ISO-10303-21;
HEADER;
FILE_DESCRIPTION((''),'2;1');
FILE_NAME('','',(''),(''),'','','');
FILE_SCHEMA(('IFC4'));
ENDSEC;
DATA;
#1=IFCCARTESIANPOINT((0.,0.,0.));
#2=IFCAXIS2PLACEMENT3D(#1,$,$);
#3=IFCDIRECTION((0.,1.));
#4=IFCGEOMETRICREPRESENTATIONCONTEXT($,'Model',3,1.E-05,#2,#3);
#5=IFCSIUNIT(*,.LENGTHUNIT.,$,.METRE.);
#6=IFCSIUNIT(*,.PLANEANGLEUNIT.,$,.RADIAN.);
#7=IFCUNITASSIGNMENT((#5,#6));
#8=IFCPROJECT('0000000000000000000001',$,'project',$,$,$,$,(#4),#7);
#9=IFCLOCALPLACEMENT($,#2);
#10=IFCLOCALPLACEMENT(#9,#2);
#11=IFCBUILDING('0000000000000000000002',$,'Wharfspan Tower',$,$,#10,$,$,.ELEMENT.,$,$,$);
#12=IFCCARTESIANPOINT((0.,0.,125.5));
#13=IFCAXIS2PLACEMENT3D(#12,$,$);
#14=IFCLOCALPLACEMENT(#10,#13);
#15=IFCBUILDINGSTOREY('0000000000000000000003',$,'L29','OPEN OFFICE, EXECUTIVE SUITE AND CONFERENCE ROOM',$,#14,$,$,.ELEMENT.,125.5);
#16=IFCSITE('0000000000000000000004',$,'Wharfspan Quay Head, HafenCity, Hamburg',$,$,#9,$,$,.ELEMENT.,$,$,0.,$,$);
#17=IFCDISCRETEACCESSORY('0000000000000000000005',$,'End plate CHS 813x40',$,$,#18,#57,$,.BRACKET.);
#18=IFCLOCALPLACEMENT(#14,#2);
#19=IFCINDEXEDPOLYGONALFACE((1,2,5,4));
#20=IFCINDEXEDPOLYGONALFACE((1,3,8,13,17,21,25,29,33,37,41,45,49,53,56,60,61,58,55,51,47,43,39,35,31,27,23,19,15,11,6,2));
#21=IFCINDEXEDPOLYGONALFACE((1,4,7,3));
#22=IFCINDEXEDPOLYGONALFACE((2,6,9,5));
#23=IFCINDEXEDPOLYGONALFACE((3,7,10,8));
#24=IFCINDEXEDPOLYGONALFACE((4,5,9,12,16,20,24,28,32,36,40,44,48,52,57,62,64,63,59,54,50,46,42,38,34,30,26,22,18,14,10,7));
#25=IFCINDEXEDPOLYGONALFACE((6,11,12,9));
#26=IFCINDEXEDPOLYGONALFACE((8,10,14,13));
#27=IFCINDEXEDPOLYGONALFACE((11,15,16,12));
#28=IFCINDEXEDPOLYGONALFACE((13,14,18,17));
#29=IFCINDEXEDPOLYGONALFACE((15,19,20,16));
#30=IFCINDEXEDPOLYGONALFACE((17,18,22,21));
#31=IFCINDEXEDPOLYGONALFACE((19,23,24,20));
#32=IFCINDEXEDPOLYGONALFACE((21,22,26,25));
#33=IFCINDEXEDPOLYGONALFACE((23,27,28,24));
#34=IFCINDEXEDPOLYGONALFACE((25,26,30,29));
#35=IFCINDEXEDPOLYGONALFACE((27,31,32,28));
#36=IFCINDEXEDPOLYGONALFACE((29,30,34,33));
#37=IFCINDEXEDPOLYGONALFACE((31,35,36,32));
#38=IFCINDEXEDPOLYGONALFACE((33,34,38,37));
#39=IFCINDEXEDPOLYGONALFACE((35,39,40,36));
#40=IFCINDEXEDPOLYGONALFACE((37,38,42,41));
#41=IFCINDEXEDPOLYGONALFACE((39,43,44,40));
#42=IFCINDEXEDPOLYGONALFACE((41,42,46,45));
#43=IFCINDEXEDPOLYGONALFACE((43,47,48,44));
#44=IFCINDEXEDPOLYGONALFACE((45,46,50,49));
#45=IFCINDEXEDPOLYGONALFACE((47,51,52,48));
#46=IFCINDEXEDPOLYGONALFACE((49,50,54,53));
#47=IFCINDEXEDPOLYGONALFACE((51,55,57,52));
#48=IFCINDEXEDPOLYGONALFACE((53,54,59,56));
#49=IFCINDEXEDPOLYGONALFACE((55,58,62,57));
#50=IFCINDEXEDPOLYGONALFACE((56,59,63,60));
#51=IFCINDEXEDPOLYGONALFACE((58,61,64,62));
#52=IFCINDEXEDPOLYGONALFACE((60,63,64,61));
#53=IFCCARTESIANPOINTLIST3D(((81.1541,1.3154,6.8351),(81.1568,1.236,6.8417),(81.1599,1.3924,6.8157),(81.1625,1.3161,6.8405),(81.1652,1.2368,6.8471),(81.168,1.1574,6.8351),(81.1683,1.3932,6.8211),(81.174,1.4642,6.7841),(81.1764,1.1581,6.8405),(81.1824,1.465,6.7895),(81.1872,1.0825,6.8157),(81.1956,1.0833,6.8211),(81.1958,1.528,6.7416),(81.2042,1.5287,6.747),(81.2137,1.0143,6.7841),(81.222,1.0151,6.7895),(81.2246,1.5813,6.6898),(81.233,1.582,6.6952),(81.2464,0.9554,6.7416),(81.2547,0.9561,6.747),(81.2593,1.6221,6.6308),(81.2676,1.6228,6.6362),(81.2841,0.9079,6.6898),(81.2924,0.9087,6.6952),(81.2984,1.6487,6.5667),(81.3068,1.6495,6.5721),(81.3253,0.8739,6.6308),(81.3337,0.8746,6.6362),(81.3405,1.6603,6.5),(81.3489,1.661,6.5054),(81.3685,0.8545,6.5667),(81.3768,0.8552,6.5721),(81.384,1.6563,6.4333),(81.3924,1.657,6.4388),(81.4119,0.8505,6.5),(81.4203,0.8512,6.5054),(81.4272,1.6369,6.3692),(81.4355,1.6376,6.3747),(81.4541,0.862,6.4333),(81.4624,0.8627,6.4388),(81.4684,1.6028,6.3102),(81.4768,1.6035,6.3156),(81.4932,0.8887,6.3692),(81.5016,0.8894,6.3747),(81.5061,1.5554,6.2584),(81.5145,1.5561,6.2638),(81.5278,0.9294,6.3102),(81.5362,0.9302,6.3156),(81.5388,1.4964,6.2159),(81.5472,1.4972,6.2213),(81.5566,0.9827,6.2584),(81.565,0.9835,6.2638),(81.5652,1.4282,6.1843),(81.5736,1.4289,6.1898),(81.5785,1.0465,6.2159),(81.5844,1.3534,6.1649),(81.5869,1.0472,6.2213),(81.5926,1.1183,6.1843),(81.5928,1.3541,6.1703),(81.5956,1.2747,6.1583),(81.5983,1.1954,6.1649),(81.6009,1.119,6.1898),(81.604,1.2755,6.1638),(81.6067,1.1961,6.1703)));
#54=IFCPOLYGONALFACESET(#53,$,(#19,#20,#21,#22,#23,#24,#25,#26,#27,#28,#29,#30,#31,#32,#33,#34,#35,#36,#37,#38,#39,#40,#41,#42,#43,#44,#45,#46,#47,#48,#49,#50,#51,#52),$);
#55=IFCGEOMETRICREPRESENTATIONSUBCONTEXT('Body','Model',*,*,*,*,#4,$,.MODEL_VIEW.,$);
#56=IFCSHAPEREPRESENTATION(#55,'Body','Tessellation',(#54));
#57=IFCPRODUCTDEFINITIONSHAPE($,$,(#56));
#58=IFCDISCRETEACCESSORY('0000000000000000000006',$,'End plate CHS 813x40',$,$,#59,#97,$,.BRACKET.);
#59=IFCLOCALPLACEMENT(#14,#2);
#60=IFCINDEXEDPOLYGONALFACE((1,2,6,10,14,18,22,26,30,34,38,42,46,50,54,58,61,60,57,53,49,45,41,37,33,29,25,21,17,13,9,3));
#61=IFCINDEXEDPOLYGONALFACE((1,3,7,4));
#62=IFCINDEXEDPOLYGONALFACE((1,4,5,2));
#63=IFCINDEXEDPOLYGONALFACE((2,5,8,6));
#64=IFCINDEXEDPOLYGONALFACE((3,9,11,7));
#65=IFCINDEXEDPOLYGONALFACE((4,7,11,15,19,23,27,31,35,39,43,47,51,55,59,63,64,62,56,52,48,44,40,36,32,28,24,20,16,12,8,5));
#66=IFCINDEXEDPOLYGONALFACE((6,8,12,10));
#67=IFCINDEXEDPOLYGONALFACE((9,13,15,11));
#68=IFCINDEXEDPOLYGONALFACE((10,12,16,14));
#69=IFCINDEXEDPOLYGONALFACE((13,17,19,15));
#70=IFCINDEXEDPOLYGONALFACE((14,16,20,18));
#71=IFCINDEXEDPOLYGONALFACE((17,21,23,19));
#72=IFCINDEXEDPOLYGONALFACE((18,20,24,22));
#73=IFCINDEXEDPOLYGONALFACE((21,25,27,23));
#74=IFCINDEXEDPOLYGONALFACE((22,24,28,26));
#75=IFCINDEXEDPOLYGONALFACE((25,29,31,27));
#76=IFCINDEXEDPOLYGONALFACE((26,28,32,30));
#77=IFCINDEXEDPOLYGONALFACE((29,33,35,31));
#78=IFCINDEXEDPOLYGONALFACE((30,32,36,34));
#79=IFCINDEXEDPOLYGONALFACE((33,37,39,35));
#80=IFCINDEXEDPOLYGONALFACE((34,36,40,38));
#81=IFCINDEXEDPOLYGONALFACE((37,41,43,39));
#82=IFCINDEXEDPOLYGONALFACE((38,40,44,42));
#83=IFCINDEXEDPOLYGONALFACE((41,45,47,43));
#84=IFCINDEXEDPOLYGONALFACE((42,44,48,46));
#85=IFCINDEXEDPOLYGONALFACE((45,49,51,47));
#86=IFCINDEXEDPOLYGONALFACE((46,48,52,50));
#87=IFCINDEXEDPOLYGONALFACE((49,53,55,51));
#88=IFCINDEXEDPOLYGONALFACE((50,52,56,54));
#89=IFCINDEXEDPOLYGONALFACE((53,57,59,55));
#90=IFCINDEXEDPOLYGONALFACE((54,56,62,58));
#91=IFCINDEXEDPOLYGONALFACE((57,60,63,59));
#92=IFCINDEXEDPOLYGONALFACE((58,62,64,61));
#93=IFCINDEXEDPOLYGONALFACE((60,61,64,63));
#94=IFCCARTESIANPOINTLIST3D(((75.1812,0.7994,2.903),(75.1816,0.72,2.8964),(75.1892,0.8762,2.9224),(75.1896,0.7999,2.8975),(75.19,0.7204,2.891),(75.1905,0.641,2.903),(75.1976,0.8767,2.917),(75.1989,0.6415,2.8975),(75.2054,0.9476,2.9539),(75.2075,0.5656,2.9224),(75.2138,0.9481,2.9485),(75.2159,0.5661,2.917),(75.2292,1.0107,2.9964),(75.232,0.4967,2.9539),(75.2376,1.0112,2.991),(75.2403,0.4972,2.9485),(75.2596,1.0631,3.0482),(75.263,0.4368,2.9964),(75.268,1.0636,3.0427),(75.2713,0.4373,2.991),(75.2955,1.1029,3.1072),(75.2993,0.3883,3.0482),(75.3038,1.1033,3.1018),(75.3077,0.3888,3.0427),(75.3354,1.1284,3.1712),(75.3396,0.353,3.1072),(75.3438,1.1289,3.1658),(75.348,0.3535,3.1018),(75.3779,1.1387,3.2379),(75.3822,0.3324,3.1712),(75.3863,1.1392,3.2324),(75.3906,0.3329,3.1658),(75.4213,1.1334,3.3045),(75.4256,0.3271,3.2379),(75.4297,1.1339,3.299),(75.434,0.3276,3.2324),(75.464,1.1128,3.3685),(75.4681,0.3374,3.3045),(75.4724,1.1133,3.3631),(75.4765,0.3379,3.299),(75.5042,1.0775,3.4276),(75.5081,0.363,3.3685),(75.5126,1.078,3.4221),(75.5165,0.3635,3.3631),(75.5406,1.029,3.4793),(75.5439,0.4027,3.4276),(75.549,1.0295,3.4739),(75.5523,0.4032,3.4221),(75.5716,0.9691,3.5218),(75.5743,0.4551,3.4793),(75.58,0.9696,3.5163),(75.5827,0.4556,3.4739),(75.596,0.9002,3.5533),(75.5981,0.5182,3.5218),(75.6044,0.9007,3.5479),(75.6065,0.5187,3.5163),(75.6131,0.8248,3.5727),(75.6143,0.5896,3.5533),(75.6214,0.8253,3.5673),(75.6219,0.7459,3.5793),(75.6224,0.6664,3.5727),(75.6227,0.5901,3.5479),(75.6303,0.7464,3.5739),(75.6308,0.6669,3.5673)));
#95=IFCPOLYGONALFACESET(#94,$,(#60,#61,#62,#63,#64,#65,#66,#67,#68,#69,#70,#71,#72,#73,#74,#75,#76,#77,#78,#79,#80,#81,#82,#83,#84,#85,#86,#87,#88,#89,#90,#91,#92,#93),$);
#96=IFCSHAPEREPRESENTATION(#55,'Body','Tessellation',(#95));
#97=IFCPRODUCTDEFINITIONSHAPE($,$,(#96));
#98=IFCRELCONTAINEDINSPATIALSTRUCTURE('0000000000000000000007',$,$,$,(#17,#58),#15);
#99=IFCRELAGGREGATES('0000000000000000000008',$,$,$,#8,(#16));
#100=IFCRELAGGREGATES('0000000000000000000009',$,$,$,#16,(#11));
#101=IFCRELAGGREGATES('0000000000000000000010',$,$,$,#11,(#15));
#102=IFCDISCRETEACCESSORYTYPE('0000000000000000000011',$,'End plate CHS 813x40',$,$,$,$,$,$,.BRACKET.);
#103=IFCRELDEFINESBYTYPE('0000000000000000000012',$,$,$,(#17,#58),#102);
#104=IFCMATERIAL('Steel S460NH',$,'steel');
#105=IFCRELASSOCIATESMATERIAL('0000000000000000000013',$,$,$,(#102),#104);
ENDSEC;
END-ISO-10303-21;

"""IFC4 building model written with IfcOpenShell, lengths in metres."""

from ifc_helpers import new_model, si_unit, direction, frame, origin, origin_2d, place, context, subcontext, project, spatial, circle, extrude, material, material_profile, profile_set, type_object, element, save


model = new_model("IFC4")

# Units and contexts
model_context = context("Model", 3, precision=1e-05, world=origin(), true_north=direction((0.0, 1.0)))
body_context = subcontext(model_context, "Body", "Model", "MODEL_VIEW")
ifc_project = project(units=[si_unit("LENGTHUNIT", "METRE"), si_unit("PLANEANGLEUNIT", "RADIAN")], contexts=[model_context])

# Site, building, storey
site_placement = place(None, origin())
site = spatial("IfcSite", under=ifc_project, at=site_placement, Name="Wharfspan Quay Head, HafenCity, Hamburg", CompositionType="ELEMENT", RefElevation=0.0)
building_placement = place(site_placement, origin())
building = spatial("IfcBuilding", under=site, at=building_placement, Name="Wharfspan Tower", CompositionType="ELEMENT")
storey_placement = place(building_placement, frame((0.0, 0.0, 125.5)))
storey = spatial("IfcBuildingStorey", under=building, at=storey_placement, Name="L29", Description="OPEN OFFICE, EXECUTIVE SUITE AND CONFERENCE ROOM", CompositionType="ELEMENT", Elevation=125.5)

# Shared definitions
ifc_material_1 = material(Name="Steel S460NH", Category="steel")

# Discrete accessories
ifc_material_profile_1 = material_profile(ifc_material_1, circle(Radius=0.4065, at=origin_2d()))
ifc_profile_set_1 = profile_set([ifc_material_profile_1], Name="Steel S460NH")
discrete_accessory_type = type_object("IfcDiscreteAccessoryType", Name="End plate CHS 813x40", PredefinedType="BRACKET", material=ifc_profile_set_1)
for number, where, z_axis, x_axis, name in (
    (1, (81.3762, 1.2554, 6.5), (0.837276, 0.073877, 0.541767), (-0.087893, 0.996132, -0.000001), "End plate CHS 813x40"),
    (2, (75.4102, 0.7334, 3.2324), (-0.838548, -0.049326, 0.54259), (0.058722, -0.99827, 0.000001), "End plate CHS 813x40"),
):
    element("IfcDiscreteAccessory", number, at=place(storey_placement, frame(where, z_axis=z_axis, x_axis=x_axis)), inside=storey, type_object=discrete_accessory_type, Name=name, PredefinedType="BRACKET", context=body_context, shape_type="SweptSolid", body=[
        extrude(circle(Radius=0.4065, at=origin_2d()), origin(), (0.0, 0.0, 1.0), 0.01),
    ])

save(model, "model.ifc")
